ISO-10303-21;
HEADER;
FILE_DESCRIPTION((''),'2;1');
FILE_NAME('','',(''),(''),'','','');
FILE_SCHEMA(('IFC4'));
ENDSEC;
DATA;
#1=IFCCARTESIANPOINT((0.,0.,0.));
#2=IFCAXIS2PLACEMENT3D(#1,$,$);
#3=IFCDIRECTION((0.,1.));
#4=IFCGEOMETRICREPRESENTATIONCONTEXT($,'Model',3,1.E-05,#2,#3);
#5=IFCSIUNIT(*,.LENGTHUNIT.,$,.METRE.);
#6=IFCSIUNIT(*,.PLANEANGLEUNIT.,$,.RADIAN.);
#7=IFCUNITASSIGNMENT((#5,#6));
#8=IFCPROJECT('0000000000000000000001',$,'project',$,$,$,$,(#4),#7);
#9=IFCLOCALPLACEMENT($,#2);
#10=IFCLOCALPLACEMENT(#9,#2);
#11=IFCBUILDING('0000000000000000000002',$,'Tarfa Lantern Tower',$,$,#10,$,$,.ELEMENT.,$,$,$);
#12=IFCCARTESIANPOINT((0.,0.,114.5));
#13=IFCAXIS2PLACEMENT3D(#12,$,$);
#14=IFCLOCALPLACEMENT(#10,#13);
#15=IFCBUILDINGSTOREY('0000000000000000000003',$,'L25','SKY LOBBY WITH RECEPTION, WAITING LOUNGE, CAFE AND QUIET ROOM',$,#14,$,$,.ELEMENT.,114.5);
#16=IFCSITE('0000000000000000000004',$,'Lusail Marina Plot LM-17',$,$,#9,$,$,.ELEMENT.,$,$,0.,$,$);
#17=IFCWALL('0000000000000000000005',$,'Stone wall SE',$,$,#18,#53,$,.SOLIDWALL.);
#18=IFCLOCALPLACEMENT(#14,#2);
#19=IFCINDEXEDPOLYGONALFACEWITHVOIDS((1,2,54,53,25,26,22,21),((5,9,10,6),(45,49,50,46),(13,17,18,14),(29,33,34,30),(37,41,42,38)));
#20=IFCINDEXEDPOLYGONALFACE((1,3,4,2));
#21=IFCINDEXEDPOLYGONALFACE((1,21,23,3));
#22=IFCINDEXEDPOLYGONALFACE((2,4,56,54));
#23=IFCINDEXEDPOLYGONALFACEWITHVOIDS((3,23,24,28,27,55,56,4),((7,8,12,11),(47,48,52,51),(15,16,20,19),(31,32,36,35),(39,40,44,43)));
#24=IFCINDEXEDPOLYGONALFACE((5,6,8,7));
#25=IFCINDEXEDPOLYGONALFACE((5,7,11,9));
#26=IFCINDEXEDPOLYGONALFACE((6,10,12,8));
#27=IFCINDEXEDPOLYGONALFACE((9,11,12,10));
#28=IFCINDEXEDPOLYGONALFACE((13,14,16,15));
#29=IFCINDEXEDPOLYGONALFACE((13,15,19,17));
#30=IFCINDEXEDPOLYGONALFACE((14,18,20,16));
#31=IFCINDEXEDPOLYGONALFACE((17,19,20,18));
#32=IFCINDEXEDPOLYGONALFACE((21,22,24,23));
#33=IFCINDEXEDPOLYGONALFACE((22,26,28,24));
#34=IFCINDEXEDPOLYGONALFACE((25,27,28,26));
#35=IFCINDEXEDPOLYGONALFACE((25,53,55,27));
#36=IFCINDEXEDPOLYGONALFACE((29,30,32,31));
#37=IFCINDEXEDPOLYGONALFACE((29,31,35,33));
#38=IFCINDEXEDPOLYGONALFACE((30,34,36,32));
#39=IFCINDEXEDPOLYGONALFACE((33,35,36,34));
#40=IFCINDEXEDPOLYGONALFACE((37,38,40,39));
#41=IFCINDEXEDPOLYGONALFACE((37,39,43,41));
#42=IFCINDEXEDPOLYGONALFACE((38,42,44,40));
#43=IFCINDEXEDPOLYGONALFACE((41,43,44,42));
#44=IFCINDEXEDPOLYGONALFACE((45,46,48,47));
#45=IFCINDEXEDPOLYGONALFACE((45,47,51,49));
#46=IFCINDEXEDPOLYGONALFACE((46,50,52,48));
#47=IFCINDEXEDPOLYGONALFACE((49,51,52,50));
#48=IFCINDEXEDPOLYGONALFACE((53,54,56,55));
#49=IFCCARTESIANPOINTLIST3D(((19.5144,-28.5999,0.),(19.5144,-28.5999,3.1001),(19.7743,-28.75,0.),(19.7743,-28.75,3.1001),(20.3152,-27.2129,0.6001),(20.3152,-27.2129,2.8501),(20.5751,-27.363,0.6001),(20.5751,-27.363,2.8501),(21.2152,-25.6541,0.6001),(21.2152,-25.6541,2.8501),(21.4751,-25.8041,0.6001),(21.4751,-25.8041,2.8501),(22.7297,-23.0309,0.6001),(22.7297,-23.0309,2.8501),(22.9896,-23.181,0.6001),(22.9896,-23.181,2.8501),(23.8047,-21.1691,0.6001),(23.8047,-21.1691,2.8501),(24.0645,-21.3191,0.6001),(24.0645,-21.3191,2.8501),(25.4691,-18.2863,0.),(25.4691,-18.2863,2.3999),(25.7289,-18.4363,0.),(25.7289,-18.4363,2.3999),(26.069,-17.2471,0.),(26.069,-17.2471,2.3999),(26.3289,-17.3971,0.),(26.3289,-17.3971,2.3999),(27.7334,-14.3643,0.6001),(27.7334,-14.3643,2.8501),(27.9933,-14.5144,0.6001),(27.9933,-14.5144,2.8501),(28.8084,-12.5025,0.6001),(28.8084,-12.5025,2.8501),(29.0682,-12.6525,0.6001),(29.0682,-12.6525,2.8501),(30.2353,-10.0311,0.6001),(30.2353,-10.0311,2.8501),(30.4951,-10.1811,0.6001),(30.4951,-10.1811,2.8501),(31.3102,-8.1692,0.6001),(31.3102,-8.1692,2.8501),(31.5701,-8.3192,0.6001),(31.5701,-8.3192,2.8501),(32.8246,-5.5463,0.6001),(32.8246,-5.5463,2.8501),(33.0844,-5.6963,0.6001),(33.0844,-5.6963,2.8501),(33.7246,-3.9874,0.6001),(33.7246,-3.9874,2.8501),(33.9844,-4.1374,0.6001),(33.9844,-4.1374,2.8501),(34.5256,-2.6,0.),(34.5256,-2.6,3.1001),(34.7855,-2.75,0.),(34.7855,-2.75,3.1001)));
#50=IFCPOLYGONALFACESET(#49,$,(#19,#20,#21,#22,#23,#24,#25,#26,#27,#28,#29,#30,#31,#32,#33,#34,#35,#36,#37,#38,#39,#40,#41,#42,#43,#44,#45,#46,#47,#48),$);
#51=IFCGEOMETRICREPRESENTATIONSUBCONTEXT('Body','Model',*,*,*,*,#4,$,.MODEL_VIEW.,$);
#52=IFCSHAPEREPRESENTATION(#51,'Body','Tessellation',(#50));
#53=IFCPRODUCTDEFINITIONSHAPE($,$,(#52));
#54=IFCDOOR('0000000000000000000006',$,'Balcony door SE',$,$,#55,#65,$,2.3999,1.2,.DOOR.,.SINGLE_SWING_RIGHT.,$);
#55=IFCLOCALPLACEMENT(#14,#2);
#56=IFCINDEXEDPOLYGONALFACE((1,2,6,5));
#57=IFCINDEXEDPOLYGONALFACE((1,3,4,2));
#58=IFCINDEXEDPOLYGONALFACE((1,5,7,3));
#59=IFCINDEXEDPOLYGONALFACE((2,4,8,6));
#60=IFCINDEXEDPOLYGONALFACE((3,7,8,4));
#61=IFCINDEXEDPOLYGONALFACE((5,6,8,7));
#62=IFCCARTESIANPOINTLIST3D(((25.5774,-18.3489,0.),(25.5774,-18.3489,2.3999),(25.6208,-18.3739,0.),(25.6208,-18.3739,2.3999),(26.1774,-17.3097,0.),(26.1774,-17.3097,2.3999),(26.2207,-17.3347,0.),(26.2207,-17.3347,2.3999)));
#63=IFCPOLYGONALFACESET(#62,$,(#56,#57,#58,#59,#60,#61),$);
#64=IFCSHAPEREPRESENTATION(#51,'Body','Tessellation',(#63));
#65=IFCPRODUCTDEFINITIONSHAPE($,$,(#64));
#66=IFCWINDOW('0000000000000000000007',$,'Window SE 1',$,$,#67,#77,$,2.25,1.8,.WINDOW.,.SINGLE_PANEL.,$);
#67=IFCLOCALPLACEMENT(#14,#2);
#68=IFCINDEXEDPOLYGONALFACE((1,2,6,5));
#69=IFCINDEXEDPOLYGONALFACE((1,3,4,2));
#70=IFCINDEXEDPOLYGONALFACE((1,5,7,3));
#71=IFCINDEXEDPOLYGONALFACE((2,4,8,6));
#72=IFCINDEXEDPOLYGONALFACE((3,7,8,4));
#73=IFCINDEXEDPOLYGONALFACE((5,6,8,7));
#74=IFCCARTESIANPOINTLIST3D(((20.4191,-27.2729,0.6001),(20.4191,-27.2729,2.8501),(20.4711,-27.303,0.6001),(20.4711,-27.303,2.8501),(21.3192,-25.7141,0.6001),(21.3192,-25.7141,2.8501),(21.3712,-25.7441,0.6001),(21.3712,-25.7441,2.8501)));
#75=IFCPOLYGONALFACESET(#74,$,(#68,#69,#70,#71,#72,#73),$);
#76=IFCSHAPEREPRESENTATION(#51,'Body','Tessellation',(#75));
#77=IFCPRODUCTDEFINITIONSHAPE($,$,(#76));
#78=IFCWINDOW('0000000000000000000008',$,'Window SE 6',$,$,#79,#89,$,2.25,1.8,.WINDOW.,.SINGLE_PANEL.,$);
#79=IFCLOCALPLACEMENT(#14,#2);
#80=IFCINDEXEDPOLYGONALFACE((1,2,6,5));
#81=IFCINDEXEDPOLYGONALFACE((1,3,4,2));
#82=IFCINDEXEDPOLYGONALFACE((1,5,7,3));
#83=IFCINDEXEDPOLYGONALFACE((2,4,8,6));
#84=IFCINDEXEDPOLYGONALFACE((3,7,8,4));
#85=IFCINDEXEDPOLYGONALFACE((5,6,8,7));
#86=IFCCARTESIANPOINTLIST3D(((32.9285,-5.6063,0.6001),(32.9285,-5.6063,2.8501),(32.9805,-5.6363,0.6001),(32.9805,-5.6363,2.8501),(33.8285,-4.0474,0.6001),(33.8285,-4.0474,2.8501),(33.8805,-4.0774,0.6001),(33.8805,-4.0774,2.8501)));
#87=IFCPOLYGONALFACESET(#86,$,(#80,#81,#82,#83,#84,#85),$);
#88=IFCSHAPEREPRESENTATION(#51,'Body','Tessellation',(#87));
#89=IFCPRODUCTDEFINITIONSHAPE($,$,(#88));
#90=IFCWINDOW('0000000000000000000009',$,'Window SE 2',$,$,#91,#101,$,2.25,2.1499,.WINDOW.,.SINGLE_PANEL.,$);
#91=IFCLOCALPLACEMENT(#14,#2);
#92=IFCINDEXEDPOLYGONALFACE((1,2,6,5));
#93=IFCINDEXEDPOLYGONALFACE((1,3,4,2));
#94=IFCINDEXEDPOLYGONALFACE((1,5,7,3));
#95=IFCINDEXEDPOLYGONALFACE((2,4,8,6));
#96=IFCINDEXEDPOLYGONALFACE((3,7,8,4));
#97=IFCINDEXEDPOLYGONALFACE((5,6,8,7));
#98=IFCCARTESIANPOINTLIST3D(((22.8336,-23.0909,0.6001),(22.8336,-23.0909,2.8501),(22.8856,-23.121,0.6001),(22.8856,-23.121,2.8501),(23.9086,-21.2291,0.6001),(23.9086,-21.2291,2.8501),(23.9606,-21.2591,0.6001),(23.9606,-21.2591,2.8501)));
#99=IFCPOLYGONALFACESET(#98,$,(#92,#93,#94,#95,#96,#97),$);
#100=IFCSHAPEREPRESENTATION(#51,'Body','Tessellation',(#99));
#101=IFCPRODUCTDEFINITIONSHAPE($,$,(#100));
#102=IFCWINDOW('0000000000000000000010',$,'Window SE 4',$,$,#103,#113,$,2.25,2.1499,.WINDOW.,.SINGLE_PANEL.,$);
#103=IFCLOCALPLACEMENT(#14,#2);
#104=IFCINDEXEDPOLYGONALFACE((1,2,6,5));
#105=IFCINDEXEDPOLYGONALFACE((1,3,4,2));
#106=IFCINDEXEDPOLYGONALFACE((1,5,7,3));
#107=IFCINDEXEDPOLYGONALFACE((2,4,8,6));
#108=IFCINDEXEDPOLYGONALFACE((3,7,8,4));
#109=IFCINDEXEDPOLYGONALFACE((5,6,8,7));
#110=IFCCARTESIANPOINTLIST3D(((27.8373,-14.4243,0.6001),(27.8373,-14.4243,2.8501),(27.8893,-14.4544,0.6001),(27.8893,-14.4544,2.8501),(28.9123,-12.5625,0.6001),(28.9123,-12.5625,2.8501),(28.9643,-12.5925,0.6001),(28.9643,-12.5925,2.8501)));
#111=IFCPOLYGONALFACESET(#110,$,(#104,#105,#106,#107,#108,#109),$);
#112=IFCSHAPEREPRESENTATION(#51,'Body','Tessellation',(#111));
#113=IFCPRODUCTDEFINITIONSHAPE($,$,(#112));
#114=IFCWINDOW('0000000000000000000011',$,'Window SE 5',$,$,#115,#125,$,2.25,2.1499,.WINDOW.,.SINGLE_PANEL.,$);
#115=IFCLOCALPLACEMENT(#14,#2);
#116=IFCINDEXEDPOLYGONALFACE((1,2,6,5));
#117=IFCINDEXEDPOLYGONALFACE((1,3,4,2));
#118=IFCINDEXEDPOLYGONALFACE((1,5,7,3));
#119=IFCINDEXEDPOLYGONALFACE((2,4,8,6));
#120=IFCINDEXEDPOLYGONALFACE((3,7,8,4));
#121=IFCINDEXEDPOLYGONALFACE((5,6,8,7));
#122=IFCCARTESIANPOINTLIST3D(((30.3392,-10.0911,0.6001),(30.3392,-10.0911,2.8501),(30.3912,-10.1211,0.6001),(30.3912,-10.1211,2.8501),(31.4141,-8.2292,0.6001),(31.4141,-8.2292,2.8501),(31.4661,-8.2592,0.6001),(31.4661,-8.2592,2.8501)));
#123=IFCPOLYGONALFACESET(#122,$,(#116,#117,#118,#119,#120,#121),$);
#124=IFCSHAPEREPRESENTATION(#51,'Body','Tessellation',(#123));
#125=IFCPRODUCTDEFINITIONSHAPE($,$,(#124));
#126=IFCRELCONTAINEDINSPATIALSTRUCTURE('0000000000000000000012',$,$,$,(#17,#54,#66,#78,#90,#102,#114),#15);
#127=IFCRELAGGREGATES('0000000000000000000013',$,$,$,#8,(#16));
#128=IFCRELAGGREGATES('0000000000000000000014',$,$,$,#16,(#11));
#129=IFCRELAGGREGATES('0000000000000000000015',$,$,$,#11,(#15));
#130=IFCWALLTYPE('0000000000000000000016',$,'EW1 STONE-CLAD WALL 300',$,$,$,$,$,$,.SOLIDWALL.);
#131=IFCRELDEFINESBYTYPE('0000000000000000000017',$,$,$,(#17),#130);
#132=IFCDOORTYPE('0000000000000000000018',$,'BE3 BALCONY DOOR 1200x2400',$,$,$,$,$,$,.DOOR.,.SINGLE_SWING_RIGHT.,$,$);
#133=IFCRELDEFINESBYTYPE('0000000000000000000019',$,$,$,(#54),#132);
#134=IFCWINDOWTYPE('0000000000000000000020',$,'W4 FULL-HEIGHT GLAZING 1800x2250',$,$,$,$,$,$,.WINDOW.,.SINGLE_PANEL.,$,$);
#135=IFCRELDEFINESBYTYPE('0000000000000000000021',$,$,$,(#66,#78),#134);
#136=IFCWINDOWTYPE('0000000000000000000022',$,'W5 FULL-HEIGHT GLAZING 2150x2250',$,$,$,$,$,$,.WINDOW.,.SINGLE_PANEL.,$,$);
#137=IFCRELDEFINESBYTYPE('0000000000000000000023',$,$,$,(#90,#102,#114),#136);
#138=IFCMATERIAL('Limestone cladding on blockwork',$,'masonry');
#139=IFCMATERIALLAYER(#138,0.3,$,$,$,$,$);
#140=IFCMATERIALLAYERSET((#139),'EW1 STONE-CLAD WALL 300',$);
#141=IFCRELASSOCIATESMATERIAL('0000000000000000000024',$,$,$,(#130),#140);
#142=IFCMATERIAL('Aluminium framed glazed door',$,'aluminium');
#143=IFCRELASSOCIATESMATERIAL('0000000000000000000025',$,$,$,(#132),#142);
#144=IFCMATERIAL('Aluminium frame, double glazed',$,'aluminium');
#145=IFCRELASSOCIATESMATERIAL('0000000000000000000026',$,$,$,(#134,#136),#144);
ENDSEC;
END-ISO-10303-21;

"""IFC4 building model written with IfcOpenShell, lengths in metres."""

from ifc_helpers import new_model, si_unit, direction, frame, frame_2d, origin, place, context, subcontext, project, spatial, rectangle, extrude, material, layer, layer_set, type_object, element, fill, save


model = new_model("IFC4")

# Units and contexts
model_context = context("Model", 3, precision=1e-05, world=origin(), true_north=direction((0.0, 1.0)))
body_context = subcontext(model_context, "Body", "Model", "MODEL_VIEW")
ifc_project = project(units=[si_unit("LENGTHUNIT", "METRE"), si_unit("PLANEANGLEUNIT", "RADIAN")], contexts=[model_context])

# Site, building, storey
site_placement = place(None, origin())
site = spatial("IfcSite", under=ifc_project, at=site_placement, Name="Lusail Marina Plot LM-17", CompositionType="ELEMENT", RefElevation=0.0)
building_placement = place(site_placement, origin())
building = spatial("IfcBuilding", under=site, at=building_placement, Name="Tarfa Lantern Tower", CompositionType="ELEMENT")
storey_placement = place(building_placement, frame((0.0, 0.0, 114.5)))
storey = spatial("IfcBuildingStorey", under=building, at=storey_placement, Name="L25", Description="SKY LOBBY WITH RECEPTION, WAITING LOUNGE, CAFE AND QUIET ROOM", CompositionType="ELEMENT", Elevation=114.5)

# Wall, openings, door, windows
ifc_material_1 = material(Name="Limestone cladding on blockwork", Category="masonry")
ifc_layer = layer(ifc_material_1, 0.3)
ifc_layer_set = layer_set([ifc_layer], Name="EW1 STONE-CLAD WALL 300")
wall_type = type_object("IfcWallType", Name="EW1 STONE-CLAD WALL 300", PredefinedType="SOLIDWALL", material=ifc_layer_set)
wall_placement = place(storey_placement, frame((19.6443, -28.675, 0.0), z_axis=(0.0, 0.0, 1.0), x_axis=(0.500003, 0.866024, 0.0)))
wall = element("IfcWall", 1, at=wall_placement, inside=storey, type_object=wall_type, Name="Stone wall SE", PredefinedType="SOLIDWALL", context=body_context, shape_type="SweptSolid", body=[
    extrude(rectangle(XDim=30.0222, YDim=0.3, at=frame_2d((15.0112, 0.0))), origin(), (0.0, 0.0, 1.0), 3.1001),
])
opening_1_placement = place(wall_placement, frame((1.6018, 0.0, 0.6001)))
opening_1 = element("IfcOpeningElement", 2, at=opening_1_placement, cuts=wall, PredefinedType="OPENING", context=body_context, shape_type="SweptSolid", body=[
    extrude(rectangle(XDim=1.8, YDim=2.25, at=frame_2d((0.8999, 1.125))), frame((0.0, 0.1599, 0.0), z_axis=(0.0, -1.0, 0.0), x_axis=(1.0, 0.0, 0.0)), (0.0, 0.0, 1.0), 0.3201),
])
opening_2_placement = place(wall_placement, frame((6.4307, 0.0, 0.6001)))
opening_2 = element("IfcOpeningElement", 3, at=opening_2_placement, cuts=wall, PredefinedType="OPENING", context=body_context, shape_type="SweptSolid", body=[
    extrude(rectangle(XDim=2.1499, YDim=2.25, at=frame_2d((1.075, 1.125))), frame((0.0, 0.1599, 0.0), z_axis=(0.0, -1.0, 0.0), x_axis=(1.0, 0.0, 0.0)), (0.0, 0.0, 1.0), 0.3201),
])
opening_3_placement = place(wall_placement, frame((11.9092, 0.0, 0.0)))
opening_3 = element("IfcOpeningElement", 4, at=opening_3_placement, cuts=wall, PredefinedType="OPENING", context=body_context, shape_type="SweptSolid", body=[
    extrude(rectangle(XDim=1.2, YDim=2.3999, at=frame_2d((0.6001, 1.2))), frame((0.0, 0.1599, 0.0), z_axis=(0.0, -1.0, 0.0), x_axis=(1.0, 0.0, 0.0)), (0.0, 0.0, 1.0), 0.3201),
])
opening_4_placement = place(wall_placement, frame((16.438, 0.0, 0.6001)))
opening_4 = element("IfcOpeningElement", 5, at=opening_4_placement, cuts=wall, PredefinedType="OPENING", context=body_context, shape_type="SweptSolid", body=[
    extrude(rectangle(XDim=2.1499, YDim=2.25, at=frame_2d((1.075, 1.125))), frame((0.0, 0.1599, 0.0), z_axis=(0.0, -1.0, 0.0), x_axis=(1.0, 0.0, 0.0)), (0.0, 0.0, 1.0), 0.3201),
])
opening_5_placement = place(wall_placement, frame((21.4417, 0.0, 0.6001)))
opening_5 = element("IfcOpeningElement", 6, at=opening_5_placement, cuts=wall, PredefinedType="OPENING", context=body_context, shape_type="SweptSolid", body=[
    extrude(rectangle(XDim=2.1499, YDim=2.25, at=frame_2d((1.075, 1.125))), frame((0.0, 0.1599, 0.0), z_axis=(0.0, -1.0, 0.0), x_axis=(1.0, 0.0, 0.0)), (0.0, 0.0, 1.0), 0.3201),
])
opening_6_placement = place(wall_placement, frame((26.6204, 0.0, 0.6001)))
opening_6 = element("IfcOpeningElement", 7, at=opening_6_placement, cuts=wall, PredefinedType="OPENING", context=body_context, shape_type="SweptSolid", body=[
    extrude(rectangle(XDim=1.8, YDim=2.25, at=frame_2d((0.8999, 1.125))), frame((0.0, 0.1599, 0.0), z_axis=(0.0, -1.0, 0.0), x_axis=(1.0, 0.0, 0.0)), (0.0, 0.0, 1.0), 0.3201),
])
ifc_material_2 = material(Name="Aluminium framed glazed door", Category="aluminium")
door_type = type_object("IfcDoorType", Name="BE3 BALCONY DOOR 1200x2400", OperationType="SINGLE_SWING_RIGHT", PredefinedType="DOOR", material=ifc_material_2)
door_placement = place(opening_3_placement, origin())
door = element("IfcDoor", 8, at=door_placement, inside=storey, type_object=door_type, Name="Balcony door SE", OperationType="SINGLE_SWING_RIGHT", OverallHeight=2.3999, OverallWidth=1.2, PredefinedType="DOOR", context=body_context, shape_type="SweptSolid", body=[
    extrude(rectangle(XDim=1.2, YDim=2.3999, at=frame_2d((0.6001, 1.2))), frame((0.0, 0.0249, 0.0), z_axis=(0.0, -1.0, 0.0), x_axis=(1.0, 0.0, 0.0)), (0.0, 0.0, 1.0), 0.05),
])
fill(opening_3, door)
ifc_material_3 = material(Name="Aluminium frame, double glazed", Category="aluminium")
window_type_1 = type_object("IfcWindowType", Name="W4 FULL-HEIGHT GLAZING 1800x2250", PartitioningType="SINGLE_PANEL", PredefinedType="WINDOW", material=ifc_material_3)
window_1_placement = place(opening_1_placement, origin())
window_1 = element("IfcWindow", 9, at=window_1_placement, inside=storey, type_object=window_type_1, Name="Window SE 1", OverallHeight=2.25, OverallWidth=1.8, PartitioningType="SINGLE_PANEL", PredefinedType="WINDOW", context=body_context, shape_type="SweptSolid", body=[
    extrude(rectangle(XDim=1.8, YDim=2.25, at=frame_2d((0.8999, 1.125))), frame((0.0, 0.03, 0.0), z_axis=(0.0, -1.0, 0.0), x_axis=(1.0, 0.0, 0.0)), (0.0, 0.0, 1.0), 0.0601),
])
fill(opening_1, window_1)
window_2_placement = place(opening_6_placement, origin())
window_2 = element("IfcWindow", 10, at=window_2_placement, inside=storey, type_object=window_type_1, Name="Window SE 6", OverallHeight=2.25, OverallWidth=1.8, PartitioningType="SINGLE_PANEL", PredefinedType="WINDOW", context=body_context, shape_type="SweptSolid", body=[
    extrude(rectangle(XDim=1.8, YDim=2.25, at=frame_2d((0.8999, 1.125))), frame((0.0, 0.03, 0.0), z_axis=(0.0, -1.0, 0.0), x_axis=(1.0, 0.0, 0.0)), (0.0, 0.0, 1.0), 0.0601),
])
fill(opening_6, window_2)
window_type_2 = type_object("IfcWindowType", Name="W5 FULL-HEIGHT GLAZING 2150x2250", PartitioningType="SINGLE_PANEL", PredefinedType="WINDOW", material=ifc_material_3)
window_3_placement = place(opening_2_placement, origin())
window_3 = element("IfcWindow", 11, at=window_3_placement, inside=storey, type_object=window_type_2, Name="Window SE 2", OverallHeight=2.25, OverallWidth=2.1499, PartitioningType="SINGLE_PANEL", PredefinedType="WINDOW", context=body_context, shape_type="SweptSolid", body=[
    extrude(rectangle(XDim=2.1499, YDim=2.25, at=frame_2d((1.075, 1.125))), frame((0.0, 0.03, 0.0), z_axis=(0.0, -1.0, 0.0), x_axis=(1.0, 0.0, 0.0)), (0.0, 0.0, 1.0), 0.0601),
])
fill(opening_2, window_3)
window_4_placement = place(opening_4_placement, origin())
window_4 = element("IfcWindow", 12, at=window_4_placement, inside=storey, type_object=window_type_2, Name="Window SE 4", OverallHeight=2.25, OverallWidth=2.1499, PartitioningType="SINGLE_PANEL", PredefinedType="WINDOW", context=body_context, shape_type="SweptSolid", body=[
    extrude(rectangle(XDim=2.1499, YDim=2.25, at=frame_2d((1.075, 1.125))), frame((0.0, 0.03, 0.0), z_axis=(0.0, -1.0, 0.0), x_axis=(1.0, 0.0, 0.0)), (0.0, 0.0, 1.0), 0.0601),
])
fill(opening_4, window_4)
window_5_placement = place(opening_5_placement, origin())
window_5 = element("IfcWindow", 13, at=window_5_placement, inside=storey, type_object=window_type_2, Name="Window SE 5", OverallHeight=2.25, OverallWidth=2.1499, PartitioningType="SINGLE_PANEL", PredefinedType="WINDOW", context=body_context, shape_type="SweptSolid", body=[
    extrude(rectangle(XDim=2.1499, YDim=2.25, at=frame_2d((1.075, 1.125))), frame((0.0, 0.03, 0.0), z_axis=(0.0, -1.0, 0.0), x_axis=(1.0, 0.0, 0.0)), (0.0, 0.0, 1.0), 0.0601),
])
fill(opening_5, window_5)

save(model, "model.ifc")
